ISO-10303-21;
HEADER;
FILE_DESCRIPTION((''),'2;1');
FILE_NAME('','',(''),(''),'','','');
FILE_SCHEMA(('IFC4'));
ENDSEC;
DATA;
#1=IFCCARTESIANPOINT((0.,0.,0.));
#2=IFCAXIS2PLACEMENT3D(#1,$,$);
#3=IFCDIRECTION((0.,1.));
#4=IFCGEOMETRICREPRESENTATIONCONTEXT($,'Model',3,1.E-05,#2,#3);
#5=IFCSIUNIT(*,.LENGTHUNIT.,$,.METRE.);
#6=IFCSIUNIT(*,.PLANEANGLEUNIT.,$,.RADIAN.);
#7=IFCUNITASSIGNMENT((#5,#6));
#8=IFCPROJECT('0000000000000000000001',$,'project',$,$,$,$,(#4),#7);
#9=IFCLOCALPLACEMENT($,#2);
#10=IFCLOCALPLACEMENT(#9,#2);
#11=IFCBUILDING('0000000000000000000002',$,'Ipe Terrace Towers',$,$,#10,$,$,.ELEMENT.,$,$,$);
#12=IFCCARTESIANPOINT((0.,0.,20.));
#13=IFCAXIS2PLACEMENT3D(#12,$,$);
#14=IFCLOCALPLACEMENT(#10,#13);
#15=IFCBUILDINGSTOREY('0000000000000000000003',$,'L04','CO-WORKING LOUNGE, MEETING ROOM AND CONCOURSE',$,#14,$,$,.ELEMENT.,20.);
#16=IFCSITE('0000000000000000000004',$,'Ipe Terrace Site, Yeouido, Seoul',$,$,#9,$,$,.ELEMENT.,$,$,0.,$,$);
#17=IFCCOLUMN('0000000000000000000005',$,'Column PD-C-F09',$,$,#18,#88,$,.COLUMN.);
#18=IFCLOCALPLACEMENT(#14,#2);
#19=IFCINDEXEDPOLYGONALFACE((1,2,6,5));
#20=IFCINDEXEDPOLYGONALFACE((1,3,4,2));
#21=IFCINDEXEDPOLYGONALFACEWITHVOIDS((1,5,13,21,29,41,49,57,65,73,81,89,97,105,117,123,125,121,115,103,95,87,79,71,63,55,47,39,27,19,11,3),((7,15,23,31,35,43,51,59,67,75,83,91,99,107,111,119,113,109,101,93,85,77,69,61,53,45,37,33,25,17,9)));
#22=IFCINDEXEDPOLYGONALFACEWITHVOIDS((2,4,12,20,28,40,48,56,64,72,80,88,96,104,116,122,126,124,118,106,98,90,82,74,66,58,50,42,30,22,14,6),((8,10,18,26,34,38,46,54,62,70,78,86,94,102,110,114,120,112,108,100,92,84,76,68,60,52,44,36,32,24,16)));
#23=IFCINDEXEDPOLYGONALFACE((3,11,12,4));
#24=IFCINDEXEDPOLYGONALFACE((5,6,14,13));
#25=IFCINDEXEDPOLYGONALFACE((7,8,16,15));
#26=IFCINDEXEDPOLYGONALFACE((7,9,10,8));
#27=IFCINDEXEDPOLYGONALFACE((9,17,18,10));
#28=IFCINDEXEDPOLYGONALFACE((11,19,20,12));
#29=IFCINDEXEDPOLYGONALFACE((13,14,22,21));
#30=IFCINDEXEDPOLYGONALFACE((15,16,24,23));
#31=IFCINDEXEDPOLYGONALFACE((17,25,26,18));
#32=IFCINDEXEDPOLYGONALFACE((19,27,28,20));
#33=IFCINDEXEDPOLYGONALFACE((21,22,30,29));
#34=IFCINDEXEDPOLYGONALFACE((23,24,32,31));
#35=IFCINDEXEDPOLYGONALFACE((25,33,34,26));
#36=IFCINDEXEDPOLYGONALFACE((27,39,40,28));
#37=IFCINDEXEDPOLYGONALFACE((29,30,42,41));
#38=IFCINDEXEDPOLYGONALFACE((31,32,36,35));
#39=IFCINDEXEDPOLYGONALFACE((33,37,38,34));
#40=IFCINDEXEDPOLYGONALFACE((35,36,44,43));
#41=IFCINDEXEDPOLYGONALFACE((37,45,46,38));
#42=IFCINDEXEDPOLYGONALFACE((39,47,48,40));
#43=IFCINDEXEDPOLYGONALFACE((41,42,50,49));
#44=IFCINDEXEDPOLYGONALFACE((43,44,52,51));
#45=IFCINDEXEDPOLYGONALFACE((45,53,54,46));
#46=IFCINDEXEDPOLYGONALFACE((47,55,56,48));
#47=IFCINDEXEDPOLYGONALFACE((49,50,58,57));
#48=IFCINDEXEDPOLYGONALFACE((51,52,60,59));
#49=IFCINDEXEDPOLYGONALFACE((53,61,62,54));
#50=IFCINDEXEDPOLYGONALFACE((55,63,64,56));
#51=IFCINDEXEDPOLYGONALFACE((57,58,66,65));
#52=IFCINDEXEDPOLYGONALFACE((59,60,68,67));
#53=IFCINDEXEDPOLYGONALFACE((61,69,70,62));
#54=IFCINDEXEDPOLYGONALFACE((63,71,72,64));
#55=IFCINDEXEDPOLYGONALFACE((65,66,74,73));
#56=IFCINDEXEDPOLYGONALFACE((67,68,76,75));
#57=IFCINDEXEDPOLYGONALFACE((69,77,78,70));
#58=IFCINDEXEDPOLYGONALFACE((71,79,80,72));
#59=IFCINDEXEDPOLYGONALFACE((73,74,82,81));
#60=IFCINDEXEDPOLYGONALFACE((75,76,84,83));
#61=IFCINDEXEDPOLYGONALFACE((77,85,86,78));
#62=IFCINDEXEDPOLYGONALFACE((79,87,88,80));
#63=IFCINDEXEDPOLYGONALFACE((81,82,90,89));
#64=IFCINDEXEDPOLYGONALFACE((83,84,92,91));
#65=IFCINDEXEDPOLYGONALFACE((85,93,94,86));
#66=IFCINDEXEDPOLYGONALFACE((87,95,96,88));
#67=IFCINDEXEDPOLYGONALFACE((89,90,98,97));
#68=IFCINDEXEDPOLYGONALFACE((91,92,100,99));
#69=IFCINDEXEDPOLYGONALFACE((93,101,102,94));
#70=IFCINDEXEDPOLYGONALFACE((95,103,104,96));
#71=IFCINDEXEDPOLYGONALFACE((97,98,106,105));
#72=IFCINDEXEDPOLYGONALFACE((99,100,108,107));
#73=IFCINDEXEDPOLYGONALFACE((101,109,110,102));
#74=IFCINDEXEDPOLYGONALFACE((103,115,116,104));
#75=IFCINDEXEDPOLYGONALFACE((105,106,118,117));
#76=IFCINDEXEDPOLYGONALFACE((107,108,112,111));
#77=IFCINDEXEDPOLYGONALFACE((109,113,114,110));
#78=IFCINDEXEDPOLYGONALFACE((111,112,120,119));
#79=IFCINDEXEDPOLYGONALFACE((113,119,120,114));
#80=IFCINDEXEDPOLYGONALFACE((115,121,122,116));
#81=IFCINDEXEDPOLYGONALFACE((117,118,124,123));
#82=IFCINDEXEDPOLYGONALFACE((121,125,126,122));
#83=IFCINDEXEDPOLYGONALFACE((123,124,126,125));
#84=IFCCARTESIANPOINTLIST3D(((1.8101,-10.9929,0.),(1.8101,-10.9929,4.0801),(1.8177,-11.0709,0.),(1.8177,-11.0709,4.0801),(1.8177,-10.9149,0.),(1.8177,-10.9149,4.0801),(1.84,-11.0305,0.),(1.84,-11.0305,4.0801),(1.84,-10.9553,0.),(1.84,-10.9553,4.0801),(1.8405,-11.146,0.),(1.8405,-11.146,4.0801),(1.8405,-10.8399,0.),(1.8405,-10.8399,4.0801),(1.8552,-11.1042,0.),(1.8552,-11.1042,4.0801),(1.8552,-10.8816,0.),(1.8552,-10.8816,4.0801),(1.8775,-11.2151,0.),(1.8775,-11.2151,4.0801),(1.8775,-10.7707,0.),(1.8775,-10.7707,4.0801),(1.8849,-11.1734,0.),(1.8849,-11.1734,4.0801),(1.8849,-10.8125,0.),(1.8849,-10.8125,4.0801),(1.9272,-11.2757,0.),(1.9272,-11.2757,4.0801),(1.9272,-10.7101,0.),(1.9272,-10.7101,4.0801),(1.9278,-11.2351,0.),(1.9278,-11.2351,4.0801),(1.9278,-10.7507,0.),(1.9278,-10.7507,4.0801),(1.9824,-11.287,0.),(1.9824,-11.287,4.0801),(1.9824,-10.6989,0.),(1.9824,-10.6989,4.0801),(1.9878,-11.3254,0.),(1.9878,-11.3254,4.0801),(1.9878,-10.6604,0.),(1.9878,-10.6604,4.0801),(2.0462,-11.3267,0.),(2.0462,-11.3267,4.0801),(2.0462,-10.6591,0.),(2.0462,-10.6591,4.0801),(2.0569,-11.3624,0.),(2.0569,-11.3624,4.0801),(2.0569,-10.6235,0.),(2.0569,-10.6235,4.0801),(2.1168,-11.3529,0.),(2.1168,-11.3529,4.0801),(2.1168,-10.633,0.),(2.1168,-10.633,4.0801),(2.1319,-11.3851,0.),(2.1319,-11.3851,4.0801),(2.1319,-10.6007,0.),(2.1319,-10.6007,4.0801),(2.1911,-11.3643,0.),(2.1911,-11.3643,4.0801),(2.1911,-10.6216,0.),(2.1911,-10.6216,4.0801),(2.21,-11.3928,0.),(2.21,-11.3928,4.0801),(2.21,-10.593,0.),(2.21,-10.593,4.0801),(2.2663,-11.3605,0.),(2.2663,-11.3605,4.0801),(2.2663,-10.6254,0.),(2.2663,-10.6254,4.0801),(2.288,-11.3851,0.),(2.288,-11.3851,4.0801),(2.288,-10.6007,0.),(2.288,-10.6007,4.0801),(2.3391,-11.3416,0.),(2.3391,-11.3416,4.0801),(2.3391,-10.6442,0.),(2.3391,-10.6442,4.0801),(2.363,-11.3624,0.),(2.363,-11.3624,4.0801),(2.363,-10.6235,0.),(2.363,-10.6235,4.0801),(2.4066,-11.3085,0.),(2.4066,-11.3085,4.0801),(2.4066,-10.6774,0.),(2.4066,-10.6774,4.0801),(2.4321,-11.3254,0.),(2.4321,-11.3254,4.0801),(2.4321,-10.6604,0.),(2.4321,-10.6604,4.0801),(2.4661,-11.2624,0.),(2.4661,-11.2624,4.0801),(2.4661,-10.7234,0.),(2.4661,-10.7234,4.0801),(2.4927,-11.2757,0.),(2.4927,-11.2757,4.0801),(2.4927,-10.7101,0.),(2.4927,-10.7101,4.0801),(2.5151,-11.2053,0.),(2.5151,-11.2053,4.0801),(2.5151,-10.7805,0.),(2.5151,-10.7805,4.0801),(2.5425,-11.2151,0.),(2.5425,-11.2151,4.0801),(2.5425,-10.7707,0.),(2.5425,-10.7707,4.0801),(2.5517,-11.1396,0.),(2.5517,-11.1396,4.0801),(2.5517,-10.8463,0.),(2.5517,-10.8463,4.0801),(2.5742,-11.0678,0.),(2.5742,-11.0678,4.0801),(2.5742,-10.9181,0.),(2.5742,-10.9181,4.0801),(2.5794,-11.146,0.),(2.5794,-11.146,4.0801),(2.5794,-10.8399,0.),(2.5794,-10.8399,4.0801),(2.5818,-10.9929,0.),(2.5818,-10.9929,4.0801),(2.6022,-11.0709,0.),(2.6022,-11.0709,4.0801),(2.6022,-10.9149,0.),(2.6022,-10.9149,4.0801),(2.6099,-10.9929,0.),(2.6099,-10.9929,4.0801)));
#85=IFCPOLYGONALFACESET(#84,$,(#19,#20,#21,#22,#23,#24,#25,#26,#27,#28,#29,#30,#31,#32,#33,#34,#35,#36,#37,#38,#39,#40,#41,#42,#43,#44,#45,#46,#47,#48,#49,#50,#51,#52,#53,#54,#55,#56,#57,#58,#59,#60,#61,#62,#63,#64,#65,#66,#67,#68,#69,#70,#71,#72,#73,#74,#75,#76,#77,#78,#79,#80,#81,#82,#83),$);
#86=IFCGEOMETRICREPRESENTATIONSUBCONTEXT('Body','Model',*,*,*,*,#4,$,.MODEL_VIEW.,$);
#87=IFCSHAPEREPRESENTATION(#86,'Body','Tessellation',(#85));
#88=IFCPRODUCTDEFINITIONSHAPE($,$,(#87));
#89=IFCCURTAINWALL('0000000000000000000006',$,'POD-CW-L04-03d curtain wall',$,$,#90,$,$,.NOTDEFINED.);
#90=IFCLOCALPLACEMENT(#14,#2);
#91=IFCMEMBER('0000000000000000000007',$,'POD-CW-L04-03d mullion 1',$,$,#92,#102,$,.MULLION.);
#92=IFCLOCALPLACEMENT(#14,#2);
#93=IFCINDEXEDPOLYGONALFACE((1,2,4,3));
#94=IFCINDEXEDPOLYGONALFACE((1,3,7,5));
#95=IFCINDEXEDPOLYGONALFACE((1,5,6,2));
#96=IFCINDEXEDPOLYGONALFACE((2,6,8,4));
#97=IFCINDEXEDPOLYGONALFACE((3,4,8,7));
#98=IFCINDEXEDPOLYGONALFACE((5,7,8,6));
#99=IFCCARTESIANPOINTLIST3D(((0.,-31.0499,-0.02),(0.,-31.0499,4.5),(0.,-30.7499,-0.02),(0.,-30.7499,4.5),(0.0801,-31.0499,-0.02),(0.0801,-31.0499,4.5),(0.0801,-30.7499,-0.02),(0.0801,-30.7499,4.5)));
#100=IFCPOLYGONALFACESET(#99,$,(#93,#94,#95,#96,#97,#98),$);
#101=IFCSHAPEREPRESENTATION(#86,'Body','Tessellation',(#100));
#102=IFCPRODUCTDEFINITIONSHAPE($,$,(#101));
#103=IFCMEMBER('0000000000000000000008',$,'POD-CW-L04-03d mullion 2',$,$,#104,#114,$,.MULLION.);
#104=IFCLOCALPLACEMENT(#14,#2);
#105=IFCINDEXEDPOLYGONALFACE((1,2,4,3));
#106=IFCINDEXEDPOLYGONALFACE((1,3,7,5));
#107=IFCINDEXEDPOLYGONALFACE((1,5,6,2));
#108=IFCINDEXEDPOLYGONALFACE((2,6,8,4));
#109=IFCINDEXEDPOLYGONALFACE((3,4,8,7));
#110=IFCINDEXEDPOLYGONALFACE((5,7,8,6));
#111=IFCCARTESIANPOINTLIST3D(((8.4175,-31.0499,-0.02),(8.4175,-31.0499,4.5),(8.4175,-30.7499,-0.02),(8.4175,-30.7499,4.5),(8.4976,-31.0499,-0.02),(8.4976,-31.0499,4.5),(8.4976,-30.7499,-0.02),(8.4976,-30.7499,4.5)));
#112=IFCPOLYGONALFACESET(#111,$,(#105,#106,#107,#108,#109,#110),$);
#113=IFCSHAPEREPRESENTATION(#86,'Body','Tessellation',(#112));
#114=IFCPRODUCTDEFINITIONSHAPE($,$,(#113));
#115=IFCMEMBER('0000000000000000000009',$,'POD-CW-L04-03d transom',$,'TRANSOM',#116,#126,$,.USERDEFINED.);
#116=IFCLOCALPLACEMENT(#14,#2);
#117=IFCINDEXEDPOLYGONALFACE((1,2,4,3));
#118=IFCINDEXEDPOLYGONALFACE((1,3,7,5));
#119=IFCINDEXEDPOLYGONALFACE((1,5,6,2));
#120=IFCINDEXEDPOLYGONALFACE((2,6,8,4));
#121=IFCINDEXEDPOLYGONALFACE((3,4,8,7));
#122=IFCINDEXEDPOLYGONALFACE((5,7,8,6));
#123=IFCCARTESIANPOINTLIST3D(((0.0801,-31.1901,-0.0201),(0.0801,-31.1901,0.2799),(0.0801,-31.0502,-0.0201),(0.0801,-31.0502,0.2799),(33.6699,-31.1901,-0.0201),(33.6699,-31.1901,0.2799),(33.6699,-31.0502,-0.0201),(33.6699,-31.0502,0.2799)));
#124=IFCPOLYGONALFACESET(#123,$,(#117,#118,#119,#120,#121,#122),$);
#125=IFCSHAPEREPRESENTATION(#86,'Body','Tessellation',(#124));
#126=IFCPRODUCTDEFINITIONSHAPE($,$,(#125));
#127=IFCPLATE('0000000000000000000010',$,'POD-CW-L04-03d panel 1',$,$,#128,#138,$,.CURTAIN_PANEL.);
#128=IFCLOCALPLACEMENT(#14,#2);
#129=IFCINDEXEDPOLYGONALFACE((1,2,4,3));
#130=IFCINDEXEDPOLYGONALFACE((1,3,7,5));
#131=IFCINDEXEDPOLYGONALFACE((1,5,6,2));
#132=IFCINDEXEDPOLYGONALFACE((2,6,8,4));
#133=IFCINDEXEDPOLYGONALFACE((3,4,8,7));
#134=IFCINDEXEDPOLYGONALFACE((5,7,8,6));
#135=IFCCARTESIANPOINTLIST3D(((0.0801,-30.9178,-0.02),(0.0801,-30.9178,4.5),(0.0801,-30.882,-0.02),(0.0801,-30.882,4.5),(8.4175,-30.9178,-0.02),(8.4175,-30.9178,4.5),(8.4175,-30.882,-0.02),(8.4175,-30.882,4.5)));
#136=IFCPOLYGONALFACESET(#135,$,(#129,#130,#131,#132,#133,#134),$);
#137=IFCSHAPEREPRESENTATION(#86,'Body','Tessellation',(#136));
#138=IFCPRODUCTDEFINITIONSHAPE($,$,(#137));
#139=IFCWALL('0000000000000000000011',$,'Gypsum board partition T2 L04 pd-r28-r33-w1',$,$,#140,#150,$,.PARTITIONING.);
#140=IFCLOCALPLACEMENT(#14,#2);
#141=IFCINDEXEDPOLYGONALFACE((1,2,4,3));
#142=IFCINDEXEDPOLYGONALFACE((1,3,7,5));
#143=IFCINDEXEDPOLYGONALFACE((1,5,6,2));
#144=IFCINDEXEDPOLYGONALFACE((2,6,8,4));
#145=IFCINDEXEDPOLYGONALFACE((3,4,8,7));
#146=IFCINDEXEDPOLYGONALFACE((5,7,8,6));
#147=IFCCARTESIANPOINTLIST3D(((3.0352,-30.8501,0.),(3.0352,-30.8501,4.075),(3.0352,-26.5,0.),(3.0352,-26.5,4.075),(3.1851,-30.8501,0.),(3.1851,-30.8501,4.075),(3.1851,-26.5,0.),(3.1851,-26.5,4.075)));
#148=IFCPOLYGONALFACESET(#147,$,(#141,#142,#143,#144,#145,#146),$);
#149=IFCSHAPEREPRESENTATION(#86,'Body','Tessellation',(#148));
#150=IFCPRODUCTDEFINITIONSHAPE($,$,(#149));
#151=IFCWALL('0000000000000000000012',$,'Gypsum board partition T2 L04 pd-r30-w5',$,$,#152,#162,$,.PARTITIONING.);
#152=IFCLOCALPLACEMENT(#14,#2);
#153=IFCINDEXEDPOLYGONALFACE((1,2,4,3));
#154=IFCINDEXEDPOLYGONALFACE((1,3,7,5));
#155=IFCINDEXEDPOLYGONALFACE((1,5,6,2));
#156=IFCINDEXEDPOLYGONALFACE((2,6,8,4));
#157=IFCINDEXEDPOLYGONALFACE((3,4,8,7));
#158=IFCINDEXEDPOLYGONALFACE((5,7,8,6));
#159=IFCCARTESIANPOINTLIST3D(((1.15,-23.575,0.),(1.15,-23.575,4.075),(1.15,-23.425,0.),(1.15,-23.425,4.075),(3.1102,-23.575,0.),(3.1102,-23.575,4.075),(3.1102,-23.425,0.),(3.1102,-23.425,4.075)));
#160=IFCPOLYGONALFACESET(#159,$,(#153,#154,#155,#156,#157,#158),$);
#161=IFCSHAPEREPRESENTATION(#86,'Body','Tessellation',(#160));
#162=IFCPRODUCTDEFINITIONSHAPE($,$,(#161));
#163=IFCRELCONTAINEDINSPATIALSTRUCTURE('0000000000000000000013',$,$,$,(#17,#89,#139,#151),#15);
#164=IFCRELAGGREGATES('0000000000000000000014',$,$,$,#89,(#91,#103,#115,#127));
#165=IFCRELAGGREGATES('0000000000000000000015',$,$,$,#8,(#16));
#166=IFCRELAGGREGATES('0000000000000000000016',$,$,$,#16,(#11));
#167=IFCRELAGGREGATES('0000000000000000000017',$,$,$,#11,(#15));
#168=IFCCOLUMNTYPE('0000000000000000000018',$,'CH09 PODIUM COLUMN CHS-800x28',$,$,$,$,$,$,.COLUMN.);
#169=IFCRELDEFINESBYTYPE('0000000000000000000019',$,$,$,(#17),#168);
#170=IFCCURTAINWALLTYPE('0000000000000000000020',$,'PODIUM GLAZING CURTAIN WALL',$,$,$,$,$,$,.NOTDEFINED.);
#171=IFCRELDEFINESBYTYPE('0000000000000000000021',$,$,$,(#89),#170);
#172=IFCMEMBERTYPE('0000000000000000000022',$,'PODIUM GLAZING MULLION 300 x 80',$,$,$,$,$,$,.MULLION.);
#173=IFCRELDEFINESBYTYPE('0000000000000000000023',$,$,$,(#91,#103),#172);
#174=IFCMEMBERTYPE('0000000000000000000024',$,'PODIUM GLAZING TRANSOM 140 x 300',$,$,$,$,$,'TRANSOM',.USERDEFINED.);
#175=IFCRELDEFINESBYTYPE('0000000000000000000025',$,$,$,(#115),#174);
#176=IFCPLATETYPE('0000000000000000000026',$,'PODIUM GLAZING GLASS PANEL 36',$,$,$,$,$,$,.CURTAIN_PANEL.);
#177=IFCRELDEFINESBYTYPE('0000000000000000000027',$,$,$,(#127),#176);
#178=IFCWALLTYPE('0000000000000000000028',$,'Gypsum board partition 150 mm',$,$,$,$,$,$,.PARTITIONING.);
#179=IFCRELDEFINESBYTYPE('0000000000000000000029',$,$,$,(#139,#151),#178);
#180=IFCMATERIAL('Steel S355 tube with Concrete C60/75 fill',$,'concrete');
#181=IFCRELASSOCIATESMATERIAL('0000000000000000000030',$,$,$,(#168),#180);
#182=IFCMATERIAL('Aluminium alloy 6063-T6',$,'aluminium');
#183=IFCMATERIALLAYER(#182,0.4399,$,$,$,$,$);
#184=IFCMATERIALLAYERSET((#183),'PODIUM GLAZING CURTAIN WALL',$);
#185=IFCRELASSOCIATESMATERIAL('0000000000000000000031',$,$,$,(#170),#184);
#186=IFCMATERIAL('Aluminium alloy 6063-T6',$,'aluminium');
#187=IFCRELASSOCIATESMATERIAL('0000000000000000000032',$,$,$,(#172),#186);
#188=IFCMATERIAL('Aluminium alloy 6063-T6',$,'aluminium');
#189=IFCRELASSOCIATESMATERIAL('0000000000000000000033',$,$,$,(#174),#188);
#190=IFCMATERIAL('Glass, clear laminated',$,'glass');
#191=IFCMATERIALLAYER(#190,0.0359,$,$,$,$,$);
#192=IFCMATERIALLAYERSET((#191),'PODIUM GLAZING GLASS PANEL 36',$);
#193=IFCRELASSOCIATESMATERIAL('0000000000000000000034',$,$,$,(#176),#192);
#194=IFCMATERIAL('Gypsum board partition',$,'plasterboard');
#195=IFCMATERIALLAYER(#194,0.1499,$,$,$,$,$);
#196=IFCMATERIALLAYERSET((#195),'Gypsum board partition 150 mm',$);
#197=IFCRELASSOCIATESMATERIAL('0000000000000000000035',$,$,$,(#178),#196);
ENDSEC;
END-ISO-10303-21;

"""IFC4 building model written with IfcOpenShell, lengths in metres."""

from ifc_helpers import new_model, si_unit, direction, frame, frame_2d, origin, origin_2d, place, context, subcontext, project, spatial, rectangle, hollow_circle, extrude, material, layer, layer_set, material_profile, profile_set, type_object, element, aggregate, save


model = new_model("IFC4")

# Units and contexts
model_context = context("Model", 3, precision=1e-05, world=origin(), true_north=direction((0.0, 1.0)))
body_context = subcontext(model_context, "Body", "Model", "MODEL_VIEW")
ifc_project = project(units=[si_unit("LENGTHUNIT", "METRE"), si_unit("PLANEANGLEUNIT", "RADIAN")], contexts=[model_context])

# Site, building, storey
site_placement = place(None, origin())
site = spatial("IfcSite", under=ifc_project, at=site_placement, Name="Ipe Terrace Site, Yeouido, Seoul", CompositionType="ELEMENT", RefElevation=0.0)
building_placement = place(site_placement, origin())
building = spatial("IfcBuilding", under=site, at=building_placement, Name="Ipe Terrace Towers", CompositionType="ELEMENT")
storey_placement = place(building_placement, frame((0.0, 0.0, 20.0)))
storey = spatial("IfcBuildingStorey", under=building, at=storey_placement, Name="L04", Description="CO-WORKING LOUNGE, MEETING ROOM AND CONCOURSE", CompositionType="ELEMENT", Elevation=20.0)

# Column
ifc_material_1 = material(Name="Steel S355 tube with Concrete C60/75 fill", Category="concrete")
ifc_material_profile_1 = material_profile(ifc_material_1, hollow_circle(Radius=0.3999, WallThickness=0.0281, at=origin_2d()), Name="CHS-800x28")
ifc_profile_set_1 = profile_set([ifc_material_profile_1], Name="Steel S355 tube with Concrete C60/75 fill")
column_type = type_object("IfcColumnType", Name="CH09 PODIUM COLUMN CHS-800x28", PredefinedType="COLUMN", material=ifc_profile_set_1)
for number, where, z_axis, x_axis, name in (
    (1, (2.21, -10.9929, 0.0), (0.0, 0.0, 1.0), (1.0, 0.0, 0.0), "Column PD-C-F09"),
):
    element("IfcColumn", number, at=place(storey_placement, frame(where, z_axis=z_axis, x_axis=x_axis)), inside=storey, type_object=column_type, Name=name, PredefinedType="COLUMN", context=body_context, shape_type="SweptSolid", body=[
        extrude(hollow_circle(Radius=0.3999, WallThickness=0.0281, at=origin_2d()), origin(), (0.0, 0.0, 1.0), 4.0801),
    ])

# Curtain wall, members, plate
ifc_material_2 = material(Name="Aluminium alloy 6063-T6", Category="aluminium")
ifc_layer_1 = layer(ifc_material_2, 0.4399)
ifc_layer_set_1 = layer_set([ifc_layer_1], Name="PODIUM GLAZING CURTAIN WALL")
curtain_wall_type = type_object("IfcCurtainWallType", Name="PODIUM GLAZING CURTAIN WALL", PredefinedType="NOTDEFINED", material=ifc_layer_set_1)
curtain_wall_placement = place(storey_placement, origin())
curtain_wall = element("IfcCurtainWall", 2, at=curtain_wall_placement, inside=storey, type_object=curtain_wall_type, Name="POD-CW-L04-03d curtain wall", PredefinedType="NOTDEFINED")
ifc_material_3 = material(Name="Aluminium alloy 6063-T6", Category="aluminium")
ifc_material_profile_2 = material_profile(ifc_material_3, rectangle(XDim=0.3, YDim=0.0801, at=origin_2d()), Name="PODIUM GLAZING MULLION 300 x 80")
ifc_profile_set_2 = profile_set([ifc_material_profile_2], Name="Aluminium alloy 6063-T6")
member_type_1 = type_object("IfcMemberType", Name="PODIUM GLAZING MULLION 300 x 80", PredefinedType="MULLION", material=ifc_profile_set_2)
member_1_placement = place(storey_placement, frame((0.04, -30.8999, -0.02), z_axis=(0.0, 0.0, 1.0), x_axis=(0.0, -1.0, 0.0)))
member_1 = element("IfcMember", 3, at=member_1_placement, type_object=member_type_1, Name="POD-CW-L04-03d mullion 1", PredefinedType="MULLION", context=body_context, shape_type="SweptSolid", body=[
    extrude(rectangle(XDim=0.3, YDim=0.0801, at=origin_2d()), origin(), (0.0, 0.0, 1.0), 4.52),
])
member_2_placement = place(storey_placement, frame((8.4575, -30.8999, -0.02), z_axis=(0.0, 0.0, 1.0), x_axis=(0.0, -1.0, 0.0)))
member_2 = element("IfcMember", 4, at=member_2_placement, type_object=member_type_1, Name="POD-CW-L04-03d mullion 2", PredefinedType="MULLION", context=body_context, shape_type="SweptSolid", body=[
    extrude(rectangle(XDim=0.3, YDim=0.0801, at=origin_2d()), origin(), (0.0, 0.0, 1.0), 4.52),
])
ifc_material_4 = material(Name="Aluminium alloy 6063-T6", Category="aluminium")
ifc_material_profile_3 = material_profile(ifc_material_4, rectangle(XDim=0.1399, YDim=0.3, at=origin_2d()), Name="PODIUM GLAZING TRANSOM 140 x 300")
ifc_profile_set_3 = profile_set([ifc_material_profile_3], Name="Aluminium alloy 6063-T6")
member_type_2 = type_object("IfcMemberType", Name="PODIUM GLAZING TRANSOM 140 x 300", ElementType="TRANSOM", PredefinedType="USERDEFINED", material=ifc_profile_set_3)
member_3_placement = place(storey_placement, frame((0.0801, -31.1201, 0.1299), z_axis=(1.0, 0.0, 0.0), x_axis=(0.0, -1.0, 0.0)))
member_3 = element("IfcMember", 5, at=member_3_placement, type_object=member_type_2, Name="POD-CW-L04-03d transom", ObjectType="TRANSOM", PredefinedType="USERDEFINED", context=body_context, shape_type="SweptSolid", body=[
    extrude(rectangle(XDim=0.1399, YDim=0.3, at=origin_2d()), origin(), (0.0, 0.0, 1.0), 33.5898),
])
ifc_material_5 = material(Name="Glass, clear laminated", Category="glass")
ifc_layer_2 = layer(ifc_material_5, 0.0359)
ifc_layer_set_2 = layer_set([ifc_layer_2], Name="PODIUM GLAZING GLASS PANEL 36")
plate_type = type_object("IfcPlateType", Name="PODIUM GLAZING GLASS PANEL 36", PredefinedType="CURTAIN_PANEL", material=ifc_layer_set_2)
plate_placement = place(storey_placement, frame((4.2488, -30.8999, -0.02), z_axis=(0.0, 0.0, 1.0), x_axis=(1.0, 0.0, 0.0)))
plate = element("IfcPlate", 6, at=plate_placement, type_object=plate_type, Name="POD-CW-L04-03d panel 1", PredefinedType="CURTAIN_PANEL", context=body_context, shape_type="SweptSolid", body=[
    extrude(rectangle(XDim=8.3374, YDim=0.0359, at=origin_2d()), origin(), (0.0, 0.0, 1.0), 4.52),
])
aggregate(curtain_wall, [member_1, member_2, member_3, plate])

# Walls
ifc_material_6 = material(Name="Gypsum board partition", Category="plasterboard")
ifc_layer_3 = layer(ifc_material_6, 0.1499)
ifc_layer_set_3 = layer_set([ifc_layer_3], Name="Gypsum board partition 150 mm")
wall_type_1 = type_object("IfcWallType", Name="Gypsum board partition 150 mm", PredefinedType="PARTITIONING", material=ifc_layer_set_3)
wall_1_placement = place(storey_placement, frame((3.1101, -26.5, 0.0), z_axis=(0.0, 0.0, 1.0), x_axis=(0.0, -1.0, 0.0)))
element("IfcWall", 7, at=wall_1_placement, inside=storey, type_object=wall_type_1, Name="Gypsum board partition T2 L04 pd-r28-r33-w1", PredefinedType="PARTITIONING", context=body_context, shape_type="SweptSolid", body=[
    extrude(rectangle(XDim=4.3501, YDim=0.1499, at=frame_2d((2.175, 0.0))), origin(), (0.0, 0.0, 1.0), 4.075),
])
wall_2_placement = place(storey_placement, frame((3.1101, -23.5, 0.0), z_axis=(0.0, 0.0, 1.0), x_axis=(-1.0, 0.0, 0.0)))
element("IfcWall", 8, at=wall_2_placement, inside=storey, type_object=wall_type_1, Name="Gypsum board partition T2 L04 pd-r30-w5", PredefinedType="PARTITIONING", context=body_context, shape_type="SweptSolid", body=[
    extrude(rectangle(XDim=1.9602, YDim=0.1499, at=frame_2d((0.98, 0.0))), origin(), (0.0, 0.0, 1.0), 4.075),
])

save(model, "model.ifc")
